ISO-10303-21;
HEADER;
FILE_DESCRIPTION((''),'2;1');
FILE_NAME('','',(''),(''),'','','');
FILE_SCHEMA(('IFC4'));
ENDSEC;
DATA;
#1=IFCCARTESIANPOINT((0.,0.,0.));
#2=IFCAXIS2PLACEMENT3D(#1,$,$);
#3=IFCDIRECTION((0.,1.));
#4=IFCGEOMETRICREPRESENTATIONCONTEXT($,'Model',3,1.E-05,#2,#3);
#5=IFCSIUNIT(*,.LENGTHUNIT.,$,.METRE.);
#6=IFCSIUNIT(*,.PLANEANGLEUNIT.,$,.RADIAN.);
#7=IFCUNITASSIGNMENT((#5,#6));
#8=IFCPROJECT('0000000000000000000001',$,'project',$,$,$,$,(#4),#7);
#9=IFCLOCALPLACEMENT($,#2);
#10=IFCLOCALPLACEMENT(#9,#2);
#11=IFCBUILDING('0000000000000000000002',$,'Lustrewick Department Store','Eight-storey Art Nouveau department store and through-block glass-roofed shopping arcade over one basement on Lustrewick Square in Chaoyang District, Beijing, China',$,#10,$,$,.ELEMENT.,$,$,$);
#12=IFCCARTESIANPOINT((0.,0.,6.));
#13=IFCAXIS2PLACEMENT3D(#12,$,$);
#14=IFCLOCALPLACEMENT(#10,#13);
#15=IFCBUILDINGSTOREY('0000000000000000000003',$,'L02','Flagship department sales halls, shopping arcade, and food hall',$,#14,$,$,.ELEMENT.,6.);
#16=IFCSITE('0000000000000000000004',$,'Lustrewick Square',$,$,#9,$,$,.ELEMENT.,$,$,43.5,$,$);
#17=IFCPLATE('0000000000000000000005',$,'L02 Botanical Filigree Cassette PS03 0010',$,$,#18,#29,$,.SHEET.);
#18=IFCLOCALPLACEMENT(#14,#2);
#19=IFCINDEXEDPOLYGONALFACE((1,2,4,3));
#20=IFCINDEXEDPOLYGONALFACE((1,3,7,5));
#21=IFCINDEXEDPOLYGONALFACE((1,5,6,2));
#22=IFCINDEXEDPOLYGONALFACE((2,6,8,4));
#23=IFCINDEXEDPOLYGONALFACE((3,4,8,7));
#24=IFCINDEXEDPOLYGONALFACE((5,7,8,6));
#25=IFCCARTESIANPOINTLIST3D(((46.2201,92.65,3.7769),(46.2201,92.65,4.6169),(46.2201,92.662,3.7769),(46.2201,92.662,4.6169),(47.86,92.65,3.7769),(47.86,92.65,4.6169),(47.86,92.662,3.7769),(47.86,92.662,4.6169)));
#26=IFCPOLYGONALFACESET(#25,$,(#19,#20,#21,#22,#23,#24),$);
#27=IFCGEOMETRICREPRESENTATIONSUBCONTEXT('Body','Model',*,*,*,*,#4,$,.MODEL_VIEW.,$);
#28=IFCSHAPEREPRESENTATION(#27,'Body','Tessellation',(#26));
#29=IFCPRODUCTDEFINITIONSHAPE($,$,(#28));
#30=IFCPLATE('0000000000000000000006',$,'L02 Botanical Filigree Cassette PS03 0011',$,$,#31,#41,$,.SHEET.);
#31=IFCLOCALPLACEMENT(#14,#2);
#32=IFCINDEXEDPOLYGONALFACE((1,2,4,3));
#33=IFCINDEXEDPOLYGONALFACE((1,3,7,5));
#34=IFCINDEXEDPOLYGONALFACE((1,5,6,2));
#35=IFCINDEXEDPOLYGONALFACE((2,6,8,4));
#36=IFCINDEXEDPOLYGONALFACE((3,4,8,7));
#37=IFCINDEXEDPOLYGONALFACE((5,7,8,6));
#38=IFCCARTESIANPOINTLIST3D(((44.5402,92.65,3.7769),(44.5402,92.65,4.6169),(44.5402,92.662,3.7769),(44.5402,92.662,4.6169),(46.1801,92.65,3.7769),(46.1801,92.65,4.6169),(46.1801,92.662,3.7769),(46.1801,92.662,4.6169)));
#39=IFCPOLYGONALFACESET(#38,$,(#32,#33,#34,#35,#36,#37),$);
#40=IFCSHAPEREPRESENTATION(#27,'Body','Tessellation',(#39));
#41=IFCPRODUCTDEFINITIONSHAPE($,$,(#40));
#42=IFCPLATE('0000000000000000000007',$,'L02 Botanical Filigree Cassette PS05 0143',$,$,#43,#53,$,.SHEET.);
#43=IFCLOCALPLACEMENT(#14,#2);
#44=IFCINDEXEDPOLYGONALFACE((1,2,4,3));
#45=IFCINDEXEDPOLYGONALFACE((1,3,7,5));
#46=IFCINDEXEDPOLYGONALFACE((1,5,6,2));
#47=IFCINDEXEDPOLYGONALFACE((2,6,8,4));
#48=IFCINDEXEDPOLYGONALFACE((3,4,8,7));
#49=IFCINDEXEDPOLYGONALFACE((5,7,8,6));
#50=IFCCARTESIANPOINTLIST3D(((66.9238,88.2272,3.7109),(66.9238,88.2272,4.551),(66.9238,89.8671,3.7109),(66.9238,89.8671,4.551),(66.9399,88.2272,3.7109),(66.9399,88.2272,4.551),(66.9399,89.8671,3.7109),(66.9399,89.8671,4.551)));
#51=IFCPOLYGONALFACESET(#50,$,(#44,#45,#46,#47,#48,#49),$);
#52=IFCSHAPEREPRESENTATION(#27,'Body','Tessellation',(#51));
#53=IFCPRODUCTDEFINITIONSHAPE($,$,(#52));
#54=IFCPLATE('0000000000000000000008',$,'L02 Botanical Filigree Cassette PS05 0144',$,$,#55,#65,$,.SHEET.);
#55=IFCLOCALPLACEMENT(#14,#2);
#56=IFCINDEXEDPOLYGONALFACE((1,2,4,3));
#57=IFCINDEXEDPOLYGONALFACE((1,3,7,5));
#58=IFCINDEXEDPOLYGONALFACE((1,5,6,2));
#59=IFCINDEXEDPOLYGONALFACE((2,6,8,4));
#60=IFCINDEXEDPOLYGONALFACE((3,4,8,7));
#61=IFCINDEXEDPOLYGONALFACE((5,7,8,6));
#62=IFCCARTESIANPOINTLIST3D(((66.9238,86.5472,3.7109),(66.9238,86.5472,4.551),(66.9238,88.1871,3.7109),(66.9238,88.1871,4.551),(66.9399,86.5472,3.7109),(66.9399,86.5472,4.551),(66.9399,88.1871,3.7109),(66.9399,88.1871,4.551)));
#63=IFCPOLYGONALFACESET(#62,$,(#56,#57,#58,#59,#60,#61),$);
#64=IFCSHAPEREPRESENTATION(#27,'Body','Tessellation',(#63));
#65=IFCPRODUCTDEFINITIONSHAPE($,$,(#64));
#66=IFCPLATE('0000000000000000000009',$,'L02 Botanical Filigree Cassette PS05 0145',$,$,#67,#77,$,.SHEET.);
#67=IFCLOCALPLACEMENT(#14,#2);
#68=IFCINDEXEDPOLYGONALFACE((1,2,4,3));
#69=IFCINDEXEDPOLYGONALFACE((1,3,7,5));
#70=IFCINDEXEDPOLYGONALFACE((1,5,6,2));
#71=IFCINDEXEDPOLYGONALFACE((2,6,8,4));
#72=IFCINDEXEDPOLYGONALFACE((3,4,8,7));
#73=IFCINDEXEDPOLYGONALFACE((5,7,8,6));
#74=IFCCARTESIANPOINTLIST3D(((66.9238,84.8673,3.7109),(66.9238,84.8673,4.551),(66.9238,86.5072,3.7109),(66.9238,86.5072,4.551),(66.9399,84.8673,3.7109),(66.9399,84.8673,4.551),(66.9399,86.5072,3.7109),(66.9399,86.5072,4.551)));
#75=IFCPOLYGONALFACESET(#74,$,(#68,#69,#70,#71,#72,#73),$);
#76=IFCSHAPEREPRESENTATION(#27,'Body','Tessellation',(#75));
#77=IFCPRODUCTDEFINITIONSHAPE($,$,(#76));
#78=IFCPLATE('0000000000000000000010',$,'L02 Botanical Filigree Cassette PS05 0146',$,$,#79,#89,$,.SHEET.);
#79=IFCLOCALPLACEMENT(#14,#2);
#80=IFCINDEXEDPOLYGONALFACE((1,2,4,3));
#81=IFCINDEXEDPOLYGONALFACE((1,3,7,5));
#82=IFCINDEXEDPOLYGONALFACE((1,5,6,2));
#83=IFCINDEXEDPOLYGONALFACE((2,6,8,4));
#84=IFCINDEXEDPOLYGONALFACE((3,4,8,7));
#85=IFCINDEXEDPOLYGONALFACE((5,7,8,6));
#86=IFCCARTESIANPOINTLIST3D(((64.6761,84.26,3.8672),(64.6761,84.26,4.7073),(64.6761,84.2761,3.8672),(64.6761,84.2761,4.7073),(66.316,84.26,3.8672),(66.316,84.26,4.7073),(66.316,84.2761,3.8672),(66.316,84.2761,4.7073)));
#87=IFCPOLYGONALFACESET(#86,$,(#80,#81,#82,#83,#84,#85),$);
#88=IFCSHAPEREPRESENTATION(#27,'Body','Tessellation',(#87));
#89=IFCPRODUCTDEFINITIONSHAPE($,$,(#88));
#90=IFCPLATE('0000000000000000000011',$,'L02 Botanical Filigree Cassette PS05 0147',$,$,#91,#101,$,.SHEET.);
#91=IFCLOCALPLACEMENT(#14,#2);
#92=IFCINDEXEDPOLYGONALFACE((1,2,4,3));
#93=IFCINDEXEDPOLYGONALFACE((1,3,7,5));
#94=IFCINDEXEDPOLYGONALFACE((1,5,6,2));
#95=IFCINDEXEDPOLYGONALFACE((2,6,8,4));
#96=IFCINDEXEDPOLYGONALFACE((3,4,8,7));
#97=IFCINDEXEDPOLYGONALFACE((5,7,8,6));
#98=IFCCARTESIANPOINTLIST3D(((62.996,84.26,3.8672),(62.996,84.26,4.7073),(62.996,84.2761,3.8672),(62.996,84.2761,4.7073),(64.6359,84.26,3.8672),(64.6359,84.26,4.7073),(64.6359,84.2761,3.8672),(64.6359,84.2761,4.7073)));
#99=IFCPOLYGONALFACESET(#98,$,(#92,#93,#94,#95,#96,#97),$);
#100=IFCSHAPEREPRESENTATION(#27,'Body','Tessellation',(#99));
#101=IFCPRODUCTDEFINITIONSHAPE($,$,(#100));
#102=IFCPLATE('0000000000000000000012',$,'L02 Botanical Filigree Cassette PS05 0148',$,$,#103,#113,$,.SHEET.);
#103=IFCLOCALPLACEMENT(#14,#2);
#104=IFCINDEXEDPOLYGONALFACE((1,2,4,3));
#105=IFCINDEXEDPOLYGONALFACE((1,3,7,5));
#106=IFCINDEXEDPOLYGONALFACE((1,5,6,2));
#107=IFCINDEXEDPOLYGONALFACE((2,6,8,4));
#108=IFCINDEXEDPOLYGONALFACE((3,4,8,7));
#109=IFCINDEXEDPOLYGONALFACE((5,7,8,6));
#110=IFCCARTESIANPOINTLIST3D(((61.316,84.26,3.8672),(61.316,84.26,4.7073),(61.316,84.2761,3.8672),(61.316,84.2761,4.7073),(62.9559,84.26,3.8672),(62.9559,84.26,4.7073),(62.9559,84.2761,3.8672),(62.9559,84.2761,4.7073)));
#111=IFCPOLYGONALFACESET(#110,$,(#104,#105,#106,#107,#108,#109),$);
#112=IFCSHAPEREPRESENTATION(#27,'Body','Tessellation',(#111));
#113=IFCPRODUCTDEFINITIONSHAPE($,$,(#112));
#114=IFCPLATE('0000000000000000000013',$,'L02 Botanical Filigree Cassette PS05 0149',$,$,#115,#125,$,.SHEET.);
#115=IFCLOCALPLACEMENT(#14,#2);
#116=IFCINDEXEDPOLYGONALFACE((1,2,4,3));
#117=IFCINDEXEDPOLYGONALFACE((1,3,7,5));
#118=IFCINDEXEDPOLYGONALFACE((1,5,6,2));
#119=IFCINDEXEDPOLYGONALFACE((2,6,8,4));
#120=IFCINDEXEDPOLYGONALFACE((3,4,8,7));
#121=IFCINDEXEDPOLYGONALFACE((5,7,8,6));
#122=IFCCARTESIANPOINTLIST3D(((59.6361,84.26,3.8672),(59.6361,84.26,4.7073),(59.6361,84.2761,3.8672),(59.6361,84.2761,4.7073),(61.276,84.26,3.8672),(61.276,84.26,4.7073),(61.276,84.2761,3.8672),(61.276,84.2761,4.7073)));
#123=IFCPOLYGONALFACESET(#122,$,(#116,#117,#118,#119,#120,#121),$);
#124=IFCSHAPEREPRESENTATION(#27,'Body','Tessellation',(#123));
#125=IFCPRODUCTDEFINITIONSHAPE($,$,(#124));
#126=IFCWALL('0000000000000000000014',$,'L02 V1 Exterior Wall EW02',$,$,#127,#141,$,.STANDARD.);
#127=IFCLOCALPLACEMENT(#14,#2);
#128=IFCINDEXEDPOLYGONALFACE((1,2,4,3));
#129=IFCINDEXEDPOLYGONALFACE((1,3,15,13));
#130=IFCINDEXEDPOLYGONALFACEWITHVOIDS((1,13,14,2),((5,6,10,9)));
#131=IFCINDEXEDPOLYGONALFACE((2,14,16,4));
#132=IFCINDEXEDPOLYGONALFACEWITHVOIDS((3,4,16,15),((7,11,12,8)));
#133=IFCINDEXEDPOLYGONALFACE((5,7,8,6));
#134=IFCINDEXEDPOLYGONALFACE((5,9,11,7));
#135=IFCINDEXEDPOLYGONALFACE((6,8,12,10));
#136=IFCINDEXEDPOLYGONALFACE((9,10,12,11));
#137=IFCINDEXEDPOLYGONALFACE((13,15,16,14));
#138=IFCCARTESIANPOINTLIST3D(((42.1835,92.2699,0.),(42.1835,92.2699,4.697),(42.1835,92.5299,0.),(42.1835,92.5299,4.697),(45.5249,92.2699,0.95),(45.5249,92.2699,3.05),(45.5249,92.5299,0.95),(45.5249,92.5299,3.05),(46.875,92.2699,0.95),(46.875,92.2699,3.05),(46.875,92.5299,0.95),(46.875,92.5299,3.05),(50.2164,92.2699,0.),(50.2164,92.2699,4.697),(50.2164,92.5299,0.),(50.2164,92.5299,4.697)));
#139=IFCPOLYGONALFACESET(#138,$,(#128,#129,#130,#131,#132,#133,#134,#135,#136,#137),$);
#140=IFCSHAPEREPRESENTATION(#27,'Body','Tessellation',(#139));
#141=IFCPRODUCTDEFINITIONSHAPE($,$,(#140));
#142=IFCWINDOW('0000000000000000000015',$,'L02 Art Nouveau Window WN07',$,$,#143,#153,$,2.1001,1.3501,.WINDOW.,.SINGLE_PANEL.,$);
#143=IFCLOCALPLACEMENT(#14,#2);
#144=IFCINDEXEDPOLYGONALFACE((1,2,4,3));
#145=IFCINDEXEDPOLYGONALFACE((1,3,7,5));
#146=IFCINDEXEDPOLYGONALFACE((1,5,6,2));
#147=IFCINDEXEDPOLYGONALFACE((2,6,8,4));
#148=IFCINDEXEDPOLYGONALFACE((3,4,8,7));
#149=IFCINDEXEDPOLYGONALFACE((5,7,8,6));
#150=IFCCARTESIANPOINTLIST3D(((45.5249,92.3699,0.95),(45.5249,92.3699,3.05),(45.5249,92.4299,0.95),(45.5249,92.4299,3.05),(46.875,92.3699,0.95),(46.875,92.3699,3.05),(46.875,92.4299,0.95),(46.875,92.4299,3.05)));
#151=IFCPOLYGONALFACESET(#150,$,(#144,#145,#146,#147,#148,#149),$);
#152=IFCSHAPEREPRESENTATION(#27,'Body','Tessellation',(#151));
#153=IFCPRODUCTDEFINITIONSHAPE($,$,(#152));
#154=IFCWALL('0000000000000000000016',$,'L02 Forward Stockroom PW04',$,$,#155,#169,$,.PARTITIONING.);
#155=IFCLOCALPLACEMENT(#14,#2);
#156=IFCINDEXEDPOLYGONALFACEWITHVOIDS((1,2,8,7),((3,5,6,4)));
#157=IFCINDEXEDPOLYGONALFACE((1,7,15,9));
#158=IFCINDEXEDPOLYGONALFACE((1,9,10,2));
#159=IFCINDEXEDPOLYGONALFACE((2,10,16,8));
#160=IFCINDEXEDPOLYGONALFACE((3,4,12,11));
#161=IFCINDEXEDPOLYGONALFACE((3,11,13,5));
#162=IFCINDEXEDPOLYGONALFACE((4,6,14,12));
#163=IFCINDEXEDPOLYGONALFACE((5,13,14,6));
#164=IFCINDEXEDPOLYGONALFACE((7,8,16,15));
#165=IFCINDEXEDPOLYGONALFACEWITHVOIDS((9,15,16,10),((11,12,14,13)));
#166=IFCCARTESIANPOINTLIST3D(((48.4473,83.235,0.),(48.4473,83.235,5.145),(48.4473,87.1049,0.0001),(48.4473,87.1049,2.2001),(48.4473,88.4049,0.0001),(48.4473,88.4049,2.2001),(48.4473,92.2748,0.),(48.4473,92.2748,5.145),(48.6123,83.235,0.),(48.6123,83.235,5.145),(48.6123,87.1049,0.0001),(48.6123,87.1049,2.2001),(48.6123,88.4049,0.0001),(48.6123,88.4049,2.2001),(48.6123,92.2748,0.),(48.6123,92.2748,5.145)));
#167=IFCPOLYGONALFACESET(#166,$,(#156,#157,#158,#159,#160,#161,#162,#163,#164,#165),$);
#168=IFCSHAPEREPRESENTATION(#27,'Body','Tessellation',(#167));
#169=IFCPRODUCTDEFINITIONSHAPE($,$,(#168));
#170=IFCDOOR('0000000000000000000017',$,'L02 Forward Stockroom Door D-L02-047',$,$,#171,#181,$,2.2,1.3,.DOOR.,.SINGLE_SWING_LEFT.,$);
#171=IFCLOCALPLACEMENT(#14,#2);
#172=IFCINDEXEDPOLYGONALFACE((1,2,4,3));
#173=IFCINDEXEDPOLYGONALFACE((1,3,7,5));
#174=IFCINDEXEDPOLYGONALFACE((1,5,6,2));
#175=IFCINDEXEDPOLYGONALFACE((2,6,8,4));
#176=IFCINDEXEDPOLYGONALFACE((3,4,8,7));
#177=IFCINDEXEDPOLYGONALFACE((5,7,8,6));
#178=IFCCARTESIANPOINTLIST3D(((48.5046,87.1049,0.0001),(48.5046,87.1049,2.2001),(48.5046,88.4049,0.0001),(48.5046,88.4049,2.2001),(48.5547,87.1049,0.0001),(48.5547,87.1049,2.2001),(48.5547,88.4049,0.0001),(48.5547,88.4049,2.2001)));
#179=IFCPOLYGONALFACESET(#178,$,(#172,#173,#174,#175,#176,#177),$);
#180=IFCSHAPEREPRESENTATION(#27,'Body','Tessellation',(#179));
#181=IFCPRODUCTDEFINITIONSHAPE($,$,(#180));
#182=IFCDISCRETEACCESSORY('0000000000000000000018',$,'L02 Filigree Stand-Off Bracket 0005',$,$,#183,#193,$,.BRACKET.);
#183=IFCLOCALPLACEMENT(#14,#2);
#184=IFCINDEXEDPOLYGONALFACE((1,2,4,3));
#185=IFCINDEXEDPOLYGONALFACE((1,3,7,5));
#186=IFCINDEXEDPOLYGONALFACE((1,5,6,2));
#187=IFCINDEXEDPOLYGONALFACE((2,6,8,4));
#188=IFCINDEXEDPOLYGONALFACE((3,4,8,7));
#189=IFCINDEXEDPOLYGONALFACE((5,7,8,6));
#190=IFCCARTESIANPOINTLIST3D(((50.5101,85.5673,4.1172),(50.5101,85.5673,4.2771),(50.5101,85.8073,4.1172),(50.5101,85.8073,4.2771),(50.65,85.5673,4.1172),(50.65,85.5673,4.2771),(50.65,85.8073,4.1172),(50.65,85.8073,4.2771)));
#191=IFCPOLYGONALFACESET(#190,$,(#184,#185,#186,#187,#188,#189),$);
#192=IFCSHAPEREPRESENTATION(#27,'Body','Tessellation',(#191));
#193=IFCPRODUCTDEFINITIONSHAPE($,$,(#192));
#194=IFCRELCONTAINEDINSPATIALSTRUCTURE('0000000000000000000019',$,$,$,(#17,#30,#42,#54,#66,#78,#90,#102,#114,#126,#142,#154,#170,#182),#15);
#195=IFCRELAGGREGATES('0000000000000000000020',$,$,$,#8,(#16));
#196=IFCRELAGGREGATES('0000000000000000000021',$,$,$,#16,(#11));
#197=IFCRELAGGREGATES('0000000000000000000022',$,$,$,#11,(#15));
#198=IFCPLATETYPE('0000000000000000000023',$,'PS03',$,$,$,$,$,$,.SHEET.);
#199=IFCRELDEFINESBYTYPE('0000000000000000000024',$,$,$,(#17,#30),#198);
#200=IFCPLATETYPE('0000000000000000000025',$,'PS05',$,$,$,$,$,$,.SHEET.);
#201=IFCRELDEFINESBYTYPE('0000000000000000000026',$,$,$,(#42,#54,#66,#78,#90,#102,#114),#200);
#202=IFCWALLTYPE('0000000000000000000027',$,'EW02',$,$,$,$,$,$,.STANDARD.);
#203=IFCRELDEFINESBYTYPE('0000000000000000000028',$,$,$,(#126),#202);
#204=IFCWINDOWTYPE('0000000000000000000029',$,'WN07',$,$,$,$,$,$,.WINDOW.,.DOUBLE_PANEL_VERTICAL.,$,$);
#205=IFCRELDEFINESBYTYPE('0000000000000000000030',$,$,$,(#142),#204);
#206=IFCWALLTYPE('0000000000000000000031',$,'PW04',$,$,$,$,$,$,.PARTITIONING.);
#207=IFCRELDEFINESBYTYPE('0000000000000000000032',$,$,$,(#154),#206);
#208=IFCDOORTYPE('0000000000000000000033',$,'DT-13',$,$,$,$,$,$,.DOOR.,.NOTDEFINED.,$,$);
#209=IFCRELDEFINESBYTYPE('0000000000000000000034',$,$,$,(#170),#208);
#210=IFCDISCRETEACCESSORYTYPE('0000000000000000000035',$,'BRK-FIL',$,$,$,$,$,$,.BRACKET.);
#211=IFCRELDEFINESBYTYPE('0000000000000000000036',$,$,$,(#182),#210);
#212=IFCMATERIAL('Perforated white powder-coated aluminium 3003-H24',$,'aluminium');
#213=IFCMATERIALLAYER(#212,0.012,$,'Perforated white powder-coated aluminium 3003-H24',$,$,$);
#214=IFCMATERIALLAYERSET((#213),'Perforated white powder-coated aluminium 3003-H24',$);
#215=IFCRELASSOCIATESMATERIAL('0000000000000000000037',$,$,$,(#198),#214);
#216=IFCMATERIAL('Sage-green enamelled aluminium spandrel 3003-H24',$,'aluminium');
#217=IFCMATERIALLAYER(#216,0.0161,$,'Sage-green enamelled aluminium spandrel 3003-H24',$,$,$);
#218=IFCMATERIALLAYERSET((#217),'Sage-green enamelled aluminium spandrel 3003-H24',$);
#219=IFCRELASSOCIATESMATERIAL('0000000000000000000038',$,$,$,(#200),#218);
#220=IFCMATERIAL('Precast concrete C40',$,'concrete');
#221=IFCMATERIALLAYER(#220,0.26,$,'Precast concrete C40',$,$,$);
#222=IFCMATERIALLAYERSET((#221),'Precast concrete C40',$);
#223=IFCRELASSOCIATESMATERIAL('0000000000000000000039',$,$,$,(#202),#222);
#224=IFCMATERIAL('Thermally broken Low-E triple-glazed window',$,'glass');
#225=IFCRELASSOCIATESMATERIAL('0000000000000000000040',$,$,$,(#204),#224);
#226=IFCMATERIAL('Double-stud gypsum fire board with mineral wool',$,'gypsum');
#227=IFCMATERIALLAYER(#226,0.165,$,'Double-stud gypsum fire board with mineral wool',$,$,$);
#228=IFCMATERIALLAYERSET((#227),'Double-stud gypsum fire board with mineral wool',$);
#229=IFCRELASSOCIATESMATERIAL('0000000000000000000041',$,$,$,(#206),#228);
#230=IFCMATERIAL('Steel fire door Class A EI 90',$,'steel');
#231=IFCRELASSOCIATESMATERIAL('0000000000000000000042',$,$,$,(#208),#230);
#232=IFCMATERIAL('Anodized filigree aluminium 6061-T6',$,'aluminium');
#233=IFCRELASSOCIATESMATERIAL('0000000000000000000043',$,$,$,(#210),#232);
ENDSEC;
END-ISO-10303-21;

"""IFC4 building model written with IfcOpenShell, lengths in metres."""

from ifc_helpers import new_model, si_unit, direction, frame, frame_2d, origin, origin_2d, place, context, subcontext, project, spatial, rectangle, extrude, material, layer, layer_set, type_object, element, fill, save


model = new_model("IFC4")

# Units and contexts
model_context = context("Model", 3, precision=1e-05, world=origin(), true_north=direction((0.0, 1.0)))
body_context = subcontext(model_context, "Body", "Model", "MODEL_VIEW")
ifc_project = project(units=[si_unit("LENGTHUNIT", "METRE"), si_unit("PLANEANGLEUNIT", "RADIAN")], contexts=[model_context])

# Site, building, storey
site_placement = place(None, origin())
site = spatial("IfcSite", under=ifc_project, at=site_placement, Name="Lustrewick Square", CompositionType="ELEMENT", RefElevation=43.5)
building_placement = place(site_placement, origin())
building = spatial("IfcBuilding", under=site, at=building_placement, Name="Lustrewick Department Store", Description="Eight-storey Art Nouveau department store and through-block glass-roofed shopping arcade over one basement on Lustrewick Square in Chaoyang District, Beijing, China", CompositionType="ELEMENT")
storey_placement = place(building_placement, frame((0.0, 0.0, 6.0)))
storey = spatial("IfcBuildingStorey", under=building, at=storey_placement, Name="L02", Description="Flagship department sales halls, shopping arcade, and food hall", CompositionType="ELEMENT", Elevation=6.0)

# Plates
ifc_material_1 = material(Name="Perforated white powder-coated aluminium 3003-H24", Category="aluminium")
ifc_layer_1 = layer(ifc_material_1, 0.012, Name="Perforated white powder-coated aluminium 3003-H24")
ifc_layer_set_1 = layer_set([ifc_layer_1], Name="Perforated white powder-coated aluminium 3003-H24")
plate_type_1 = type_object("IfcPlateType", Name="PS03", PredefinedType="SHEET", material=ifc_layer_set_1)
for number, where, z_axis, x_axis, name in (
    (1, (47.04, 92.656, 3.7769), (0.0, 0.0, 1.0), (-1.0, 0.0, 0.0), "L02 Botanical Filigree Cassette PS03 0010"),
    (2, (45.3601, 92.656, 3.7769), (0.0, 0.0, 1.0), (-1.0, 0.0, 0.0), "L02 Botanical Filigree Cassette PS03 0011"),
):
    element("IfcPlate", number, at=place(storey_placement, frame(where, z_axis=z_axis, x_axis=x_axis)), inside=storey, type_object=plate_type_1, Name=name, PredefinedType="SHEET", context=body_context, shape_type="SweptSolid", body=[
        extrude(rectangle(XDim=1.6399, YDim=0.012, at=origin_2d()), origin(), (0.0, 0.0, 1.0), 0.8401),
    ])
ifc_material_2 = material(Name="Sage-green enamelled aluminium spandrel 3003-H24", Category="aluminium")
ifc_layer_2 = layer(ifc_material_2, 0.0161, Name="Sage-green enamelled aluminium spandrel 3003-H24")
ifc_layer_set_2 = layer_set([ifc_layer_2], Name="Sage-green enamelled aluminium spandrel 3003-H24")
plate_type_2 = type_object("IfcPlateType", Name="PS05", PredefinedType="SHEET", material=ifc_layer_set_2)
for number, where, z_axis, x_axis, name in (
    (3, (66.9319, 89.0471, 3.7109), (0.0, 0.0, 1.0), (0.0, -1.0, 0.0), "L02 Botanical Filigree Cassette PS05 0143"),
    (4, (66.9319, 87.3672, 3.7109), (0.0, 0.0, 1.0), (0.0, -1.0, 0.0), "L02 Botanical Filigree Cassette PS05 0144"),
    (5, (66.9319, 85.6873, 3.7109), (0.0, 0.0, 1.0), (0.0, -1.0, 0.0), "L02 Botanical Filigree Cassette PS05 0145"),
    (6, (65.4961, 84.2681, 3.8672), (0.0, 0.0, 1.0), (-1.0, 0.0, 0.0), "L02 Botanical Filigree Cassette PS05 0146"),
    (7, (63.8159, 84.2681, 3.8672), (0.0, 0.0, 1.0), (-1.0, 0.0, 0.0), "L02 Botanical Filigree Cassette PS05 0147"),
    (8, (62.136, 84.2681, 3.8672), (0.0, 0.0, 1.0), (-1.0, 0.0, 0.0), "L02 Botanical Filigree Cassette PS05 0148"),
    (9, (60.4561, 84.2681, 3.8672), (0.0, 0.0, 1.0), (-1.0, 0.0, 0.0), "L02 Botanical Filigree Cassette PS05 0149"),
):
    element("IfcPlate", number, at=place(storey_placement, frame(where, z_axis=z_axis, x_axis=x_axis)), inside=storey, type_object=plate_type_2, Name=name, PredefinedType="SHEET", context=body_context, shape_type="SweptSolid", body=[
        extrude(rectangle(XDim=1.6399, YDim=0.0161, at=origin_2d()), origin(), (0.0, 0.0, 1.0), 0.8401),
    ])

# Wall, opening, window
ifc_material_3 = material(Name="Precast concrete C40", Category="concrete")
ifc_layer_3 = layer(ifc_material_3, 0.26, Name="Precast concrete C40")
ifc_layer_set_3 = layer_set([ifc_layer_3], Name="Precast concrete C40")
wall_type_1 = type_object("IfcWallType", Name="EW02", PredefinedType="STANDARD", material=ifc_layer_set_3)
wall_1_placement = place(storey_placement, frame((50.2166, 92.3999, 0.0), z_axis=(0.0, 0.0, 1.0), x_axis=(-1.0, 0.0, 0.0)))
wall_1 = element("IfcWall", 10, at=wall_1_placement, inside=storey, type_object=wall_type_1, Name="L02 V1 Exterior Wall EW02", PredefinedType="STANDARD", context=body_context, shape_type="SweptSolid", body=[
    extrude(rectangle(XDim=8.033, YDim=0.26, at=frame_2d((4.0166, 0.0))), origin(), (0.0, 0.0, 1.0), 4.697),
])
opening_1_placement = place(wall_1_placement, frame((3.3416, 0.0, 0.95)))
opening_1 = element("IfcOpeningElement", 11, at=opening_1_placement, cuts=wall_1, PredefinedType="OPENING", context=body_context, shape_type="SweptSolid", body=[
    extrude(rectangle(XDim=1.3501, YDim=2.1001, at=frame_2d((0.675, 1.05))), frame((0.0, 0.1401, 0.0), z_axis=(0.0, -1.0, 0.0), x_axis=(1.0, 0.0, 0.0)), (0.0, 0.0, 1.0), 0.28),
])
ifc_material_4 = material(Name="Thermally broken Low-E triple-glazed window", Category="glass")
window_type = type_object("IfcWindowType", Name="WN07", PartitioningType="DOUBLE_PANEL_VERTICAL", PredefinedType="WINDOW", material=ifc_material_4)
window_placement = place(opening_1_placement, origin())
window = element("IfcWindow", 12, at=window_placement, inside=storey, type_object=window_type, Name="L02 Art Nouveau Window WN07", OverallHeight=2.1001, OverallWidth=1.3501, PartitioningType="SINGLE_PANEL", PredefinedType="WINDOW", context=body_context, shape_type="SweptSolid", body=[
    extrude(rectangle(XDim=1.3501, YDim=2.1001, at=frame_2d((0.675, 1.05))), frame((0.0, 0.03, 0.0), z_axis=(0.0, -1.0, 0.0), x_axis=(1.0, 0.0, 0.0)), (0.0, 0.0, 1.0), 0.0601),
])
fill(opening_1, window)

# Wall, opening, door
ifc_material_5 = material(Name="Double-stud gypsum fire board with mineral wool", Category="gypsum")
ifc_layer_4 = layer(ifc_material_5, 0.165, Name="Double-stud gypsum fire board with mineral wool")
ifc_layer_set_4 = layer_set([ifc_layer_4], Name="Double-stud gypsum fire board with mineral wool")
wall_type_2 = type_object("IfcWallType", Name="PW04", PredefinedType="PARTITIONING", material=ifc_layer_set_4)
wall_2_placement = place(storey_placement, frame((48.5298, 92.2749, 0.0), z_axis=(0.0, 0.0, 1.0), x_axis=(0.0, -1.0, 0.0)))
wall_2 = element("IfcWall", 13, at=wall_2_placement, inside=storey, type_object=wall_type_2, Name="L02 Forward Stockroom PW04", PredefinedType="PARTITIONING", context=body_context, shape_type="SweptSolid", body=[
    extrude(rectangle(XDim=9.0398, YDim=0.165, at=frame_2d((4.52, 0.0))), origin(), (0.0, 0.0, 1.0), 5.145),
])
opening_2_placement = place(wall_2_placement, frame((3.8701, 0.0, 0.0)))
opening_2 = element("IfcOpeningElement", 14, at=opening_2_placement, cuts=wall_2, PredefinedType="OPENING", context=body_context, shape_type="SweptSolid", body=[
    extrude(rectangle(XDim=1.3, YDim=2.2, at=frame_2d((0.6499, 1.1001))), frame((0.0, 0.0925, 0.0), z_axis=(0.0, -1.0, 0.0), x_axis=(1.0, 0.0, 0.0)), (0.0, 0.0, 1.0), 0.1851),
])
ifc_material_6 = material(Name="Steel fire door Class A EI 90", Category="steel")
door_type = type_object("IfcDoorType", Name="DT-13", OperationType="NOTDEFINED", PredefinedType="DOOR", material=ifc_material_6)
door_placement = place(opening_2_placement, origin())
door = element("IfcDoor", 15, at=door_placement, inside=storey, type_object=door_type, Name="L02 Forward Stockroom Door D-L02-047", OperationType="SINGLE_SWING_LEFT", OverallHeight=2.2, OverallWidth=1.3, PredefinedType="DOOR", context=body_context, shape_type="SweptSolid", body=[
    extrude(rectangle(XDim=1.3, YDim=2.2, at=frame_2d((0.6499, 1.1001))), frame((0.0, 0.0249, 0.0), z_axis=(0.0, -1.0, 0.0), x_axis=(1.0, 0.0, 0.0)), (0.0, 0.0, 1.0), 0.05),
])
fill(opening_2, door)

# Discrete accessory
ifc_material_7 = material(Name="Anodized filigree aluminium 6061-T6", Category="aluminium")
discrete_accessory_type = type_object("IfcDiscreteAccessoryType", Name="BRK-FIL", PredefinedType="BRACKET", material=ifc_material_7)
for number, where, z_axis, x_axis, name in (
    (16, (50.5801, 85.6873, 4.1172), (0.0, 0.0, 1.0), (0.0, 1.0, 0.0), "L02 Filigree Stand-Off Bracket 0005"),
):
    element("IfcDiscreteAccessory", number, at=place(storey_placement, frame(where, z_axis=z_axis, x_axis=x_axis)), inside=storey, type_object=discrete_accessory_type, Name=name, PredefinedType="BRACKET", context=body_context, shape_type="SweptSolid", body=[
        extrude(rectangle(XDim=0.24, YDim=0.1399, at=origin_2d()), origin(), (0.0, 0.0, 1.0), 0.1599),
    ])

save(model, "model.ifc")
